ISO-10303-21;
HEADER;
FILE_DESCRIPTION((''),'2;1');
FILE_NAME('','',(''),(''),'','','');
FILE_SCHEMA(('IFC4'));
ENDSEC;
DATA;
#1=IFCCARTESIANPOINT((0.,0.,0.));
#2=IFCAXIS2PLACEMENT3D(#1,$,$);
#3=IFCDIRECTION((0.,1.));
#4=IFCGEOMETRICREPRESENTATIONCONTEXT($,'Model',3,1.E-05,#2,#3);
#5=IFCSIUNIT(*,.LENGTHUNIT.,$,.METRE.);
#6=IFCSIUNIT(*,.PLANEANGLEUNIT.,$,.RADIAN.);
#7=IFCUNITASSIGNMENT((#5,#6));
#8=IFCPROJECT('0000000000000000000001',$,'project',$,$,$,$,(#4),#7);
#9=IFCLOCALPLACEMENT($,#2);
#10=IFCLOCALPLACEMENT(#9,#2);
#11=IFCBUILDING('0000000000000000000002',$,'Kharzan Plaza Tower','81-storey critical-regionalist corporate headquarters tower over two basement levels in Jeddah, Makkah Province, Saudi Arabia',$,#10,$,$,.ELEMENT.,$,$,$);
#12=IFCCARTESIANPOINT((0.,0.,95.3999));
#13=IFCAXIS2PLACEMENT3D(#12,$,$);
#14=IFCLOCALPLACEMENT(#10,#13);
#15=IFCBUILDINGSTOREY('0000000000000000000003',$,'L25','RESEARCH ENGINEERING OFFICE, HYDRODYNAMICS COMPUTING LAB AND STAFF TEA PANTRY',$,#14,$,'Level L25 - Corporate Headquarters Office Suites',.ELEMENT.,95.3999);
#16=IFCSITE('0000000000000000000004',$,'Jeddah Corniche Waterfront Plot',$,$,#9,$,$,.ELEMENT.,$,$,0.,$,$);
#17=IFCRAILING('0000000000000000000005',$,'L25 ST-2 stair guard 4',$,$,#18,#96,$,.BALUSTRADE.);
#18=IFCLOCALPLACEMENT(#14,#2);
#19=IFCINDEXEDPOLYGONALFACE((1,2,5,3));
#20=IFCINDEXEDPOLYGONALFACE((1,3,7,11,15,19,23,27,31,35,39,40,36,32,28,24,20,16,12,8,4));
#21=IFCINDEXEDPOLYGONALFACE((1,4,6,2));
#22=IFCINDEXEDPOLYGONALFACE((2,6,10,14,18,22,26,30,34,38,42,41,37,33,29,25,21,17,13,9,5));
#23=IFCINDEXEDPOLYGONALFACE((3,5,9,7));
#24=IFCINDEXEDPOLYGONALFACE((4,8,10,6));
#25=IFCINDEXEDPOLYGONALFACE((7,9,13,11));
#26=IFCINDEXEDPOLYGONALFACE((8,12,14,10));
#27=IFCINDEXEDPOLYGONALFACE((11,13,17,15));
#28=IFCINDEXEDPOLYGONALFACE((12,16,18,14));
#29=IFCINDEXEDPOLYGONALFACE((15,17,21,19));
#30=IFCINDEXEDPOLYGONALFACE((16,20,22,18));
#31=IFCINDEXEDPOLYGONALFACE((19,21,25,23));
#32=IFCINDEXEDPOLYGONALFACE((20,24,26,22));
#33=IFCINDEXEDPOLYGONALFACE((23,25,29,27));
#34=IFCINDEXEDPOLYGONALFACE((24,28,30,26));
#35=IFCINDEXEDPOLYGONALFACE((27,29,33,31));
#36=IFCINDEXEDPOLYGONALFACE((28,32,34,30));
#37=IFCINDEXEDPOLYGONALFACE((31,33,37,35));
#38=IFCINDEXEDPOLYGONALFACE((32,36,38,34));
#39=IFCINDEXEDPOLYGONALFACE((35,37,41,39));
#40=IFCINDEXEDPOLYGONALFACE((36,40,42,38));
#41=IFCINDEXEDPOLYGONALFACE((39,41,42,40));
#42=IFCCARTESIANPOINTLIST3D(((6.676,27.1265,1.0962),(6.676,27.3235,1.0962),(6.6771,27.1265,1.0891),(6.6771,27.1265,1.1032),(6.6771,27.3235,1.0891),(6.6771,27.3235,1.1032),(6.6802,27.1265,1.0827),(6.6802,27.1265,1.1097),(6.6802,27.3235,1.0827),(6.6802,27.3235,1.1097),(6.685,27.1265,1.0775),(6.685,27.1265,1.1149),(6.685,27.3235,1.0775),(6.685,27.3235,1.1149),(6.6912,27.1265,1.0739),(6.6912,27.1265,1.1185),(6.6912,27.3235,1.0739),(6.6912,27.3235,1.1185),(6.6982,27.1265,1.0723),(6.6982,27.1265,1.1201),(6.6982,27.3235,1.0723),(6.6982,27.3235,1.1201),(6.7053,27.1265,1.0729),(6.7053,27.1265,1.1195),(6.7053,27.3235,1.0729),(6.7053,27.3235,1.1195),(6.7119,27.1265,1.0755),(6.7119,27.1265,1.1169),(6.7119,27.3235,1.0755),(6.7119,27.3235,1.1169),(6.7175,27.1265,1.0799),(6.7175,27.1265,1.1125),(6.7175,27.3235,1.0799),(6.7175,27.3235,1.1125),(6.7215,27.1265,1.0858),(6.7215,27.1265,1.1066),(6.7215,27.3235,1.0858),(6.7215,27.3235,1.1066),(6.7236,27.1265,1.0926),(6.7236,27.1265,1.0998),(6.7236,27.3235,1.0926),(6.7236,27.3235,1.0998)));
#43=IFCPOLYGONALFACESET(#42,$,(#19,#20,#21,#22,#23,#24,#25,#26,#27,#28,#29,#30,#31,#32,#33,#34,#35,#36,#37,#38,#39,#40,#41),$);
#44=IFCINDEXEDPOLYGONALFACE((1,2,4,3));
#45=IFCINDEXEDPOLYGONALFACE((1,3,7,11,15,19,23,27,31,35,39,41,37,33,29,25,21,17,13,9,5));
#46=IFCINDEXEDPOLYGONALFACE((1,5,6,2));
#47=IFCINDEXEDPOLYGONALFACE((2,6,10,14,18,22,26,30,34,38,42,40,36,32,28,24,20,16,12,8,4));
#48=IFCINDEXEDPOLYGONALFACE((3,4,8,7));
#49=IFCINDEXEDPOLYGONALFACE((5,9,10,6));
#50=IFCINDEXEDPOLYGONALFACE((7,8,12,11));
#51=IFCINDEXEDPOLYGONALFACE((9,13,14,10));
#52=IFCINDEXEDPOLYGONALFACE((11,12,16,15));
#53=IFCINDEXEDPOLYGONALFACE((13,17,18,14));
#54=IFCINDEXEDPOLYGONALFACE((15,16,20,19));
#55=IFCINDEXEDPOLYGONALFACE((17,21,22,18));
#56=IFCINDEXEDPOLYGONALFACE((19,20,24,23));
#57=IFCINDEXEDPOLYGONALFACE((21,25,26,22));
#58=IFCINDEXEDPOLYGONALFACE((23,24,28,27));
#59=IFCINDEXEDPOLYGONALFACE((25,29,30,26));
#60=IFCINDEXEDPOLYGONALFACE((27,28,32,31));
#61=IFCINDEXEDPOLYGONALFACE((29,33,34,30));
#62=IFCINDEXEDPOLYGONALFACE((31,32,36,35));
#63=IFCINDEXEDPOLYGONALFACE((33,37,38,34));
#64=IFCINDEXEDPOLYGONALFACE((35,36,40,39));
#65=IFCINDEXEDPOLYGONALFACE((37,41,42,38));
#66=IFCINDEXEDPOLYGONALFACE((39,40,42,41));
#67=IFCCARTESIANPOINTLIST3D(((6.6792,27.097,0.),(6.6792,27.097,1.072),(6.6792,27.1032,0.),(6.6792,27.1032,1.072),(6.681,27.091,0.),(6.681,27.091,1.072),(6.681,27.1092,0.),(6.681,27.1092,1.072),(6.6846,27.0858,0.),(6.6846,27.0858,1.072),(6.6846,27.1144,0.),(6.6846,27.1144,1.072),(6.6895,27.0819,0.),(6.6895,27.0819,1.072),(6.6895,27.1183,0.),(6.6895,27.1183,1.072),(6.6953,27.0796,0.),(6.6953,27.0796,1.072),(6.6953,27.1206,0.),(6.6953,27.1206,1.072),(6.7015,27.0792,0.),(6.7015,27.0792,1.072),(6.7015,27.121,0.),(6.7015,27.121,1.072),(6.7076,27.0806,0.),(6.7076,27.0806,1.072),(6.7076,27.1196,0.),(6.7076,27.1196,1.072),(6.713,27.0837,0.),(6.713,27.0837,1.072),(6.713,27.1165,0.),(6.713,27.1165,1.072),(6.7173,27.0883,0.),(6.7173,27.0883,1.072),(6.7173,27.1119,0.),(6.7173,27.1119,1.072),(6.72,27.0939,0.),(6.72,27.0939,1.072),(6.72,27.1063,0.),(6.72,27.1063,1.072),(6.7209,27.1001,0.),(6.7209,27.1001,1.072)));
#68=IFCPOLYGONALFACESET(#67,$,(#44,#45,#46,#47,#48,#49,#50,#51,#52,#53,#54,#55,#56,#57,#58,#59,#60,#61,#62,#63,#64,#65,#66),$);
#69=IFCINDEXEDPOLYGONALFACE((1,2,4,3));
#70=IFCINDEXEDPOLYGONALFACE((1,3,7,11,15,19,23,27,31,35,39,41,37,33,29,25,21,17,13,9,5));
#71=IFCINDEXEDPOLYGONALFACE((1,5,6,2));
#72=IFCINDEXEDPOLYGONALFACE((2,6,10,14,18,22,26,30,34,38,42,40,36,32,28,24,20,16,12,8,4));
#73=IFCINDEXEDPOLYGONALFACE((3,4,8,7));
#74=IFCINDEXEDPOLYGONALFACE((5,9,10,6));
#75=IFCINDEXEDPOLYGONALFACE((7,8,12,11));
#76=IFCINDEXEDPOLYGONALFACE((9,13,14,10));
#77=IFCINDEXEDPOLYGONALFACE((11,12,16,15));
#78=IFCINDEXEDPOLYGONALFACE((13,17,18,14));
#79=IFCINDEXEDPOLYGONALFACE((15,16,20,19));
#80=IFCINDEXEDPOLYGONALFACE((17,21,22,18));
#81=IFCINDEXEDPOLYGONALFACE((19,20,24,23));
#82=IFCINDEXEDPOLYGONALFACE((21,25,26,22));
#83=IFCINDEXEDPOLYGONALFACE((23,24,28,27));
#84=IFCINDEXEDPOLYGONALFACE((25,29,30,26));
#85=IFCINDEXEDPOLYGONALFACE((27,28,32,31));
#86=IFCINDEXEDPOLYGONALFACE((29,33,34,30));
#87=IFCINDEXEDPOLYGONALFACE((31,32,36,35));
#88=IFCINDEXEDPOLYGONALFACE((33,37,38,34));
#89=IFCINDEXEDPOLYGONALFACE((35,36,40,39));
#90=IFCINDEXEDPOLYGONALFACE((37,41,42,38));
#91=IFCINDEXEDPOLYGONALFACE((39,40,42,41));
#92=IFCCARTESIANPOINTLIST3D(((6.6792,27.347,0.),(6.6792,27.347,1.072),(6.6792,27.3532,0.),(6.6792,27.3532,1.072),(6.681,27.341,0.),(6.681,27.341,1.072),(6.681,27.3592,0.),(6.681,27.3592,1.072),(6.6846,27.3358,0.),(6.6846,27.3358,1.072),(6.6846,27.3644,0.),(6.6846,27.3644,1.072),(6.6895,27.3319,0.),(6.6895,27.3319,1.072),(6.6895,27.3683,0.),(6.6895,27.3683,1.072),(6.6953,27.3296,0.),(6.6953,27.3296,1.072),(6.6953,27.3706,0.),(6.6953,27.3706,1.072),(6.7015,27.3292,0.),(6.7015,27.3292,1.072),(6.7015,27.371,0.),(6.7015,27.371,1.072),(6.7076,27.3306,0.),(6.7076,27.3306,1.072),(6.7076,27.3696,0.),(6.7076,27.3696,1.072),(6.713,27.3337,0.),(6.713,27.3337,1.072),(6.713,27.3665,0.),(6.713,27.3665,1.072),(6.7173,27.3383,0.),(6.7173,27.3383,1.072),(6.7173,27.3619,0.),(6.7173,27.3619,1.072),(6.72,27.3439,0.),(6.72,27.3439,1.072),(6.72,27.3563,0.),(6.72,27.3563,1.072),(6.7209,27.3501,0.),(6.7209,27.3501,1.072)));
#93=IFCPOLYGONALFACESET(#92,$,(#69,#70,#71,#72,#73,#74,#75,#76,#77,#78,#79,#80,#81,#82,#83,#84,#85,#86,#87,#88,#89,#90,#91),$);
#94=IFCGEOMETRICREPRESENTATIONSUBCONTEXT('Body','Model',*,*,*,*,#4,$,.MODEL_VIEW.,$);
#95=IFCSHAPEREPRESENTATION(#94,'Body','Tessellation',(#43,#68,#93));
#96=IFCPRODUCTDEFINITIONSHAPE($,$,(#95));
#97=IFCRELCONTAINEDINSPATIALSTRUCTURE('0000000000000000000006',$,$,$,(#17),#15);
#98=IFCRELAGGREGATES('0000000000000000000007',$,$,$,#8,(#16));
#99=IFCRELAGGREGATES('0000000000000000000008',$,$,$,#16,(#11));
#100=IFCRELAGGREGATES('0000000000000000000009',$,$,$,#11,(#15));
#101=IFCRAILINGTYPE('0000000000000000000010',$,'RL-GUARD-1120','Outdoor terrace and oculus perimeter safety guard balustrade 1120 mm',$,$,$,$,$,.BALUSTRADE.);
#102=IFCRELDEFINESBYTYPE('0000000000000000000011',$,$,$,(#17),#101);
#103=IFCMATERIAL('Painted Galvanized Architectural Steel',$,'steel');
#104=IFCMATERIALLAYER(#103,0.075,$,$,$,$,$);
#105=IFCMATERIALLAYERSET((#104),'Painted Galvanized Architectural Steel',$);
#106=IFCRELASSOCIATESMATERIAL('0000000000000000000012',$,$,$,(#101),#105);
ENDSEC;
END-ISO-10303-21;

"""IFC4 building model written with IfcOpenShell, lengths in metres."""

from ifc_helpers import new_model, si_unit, direction, frame, origin, origin_2d, place, context, subcontext, project, spatial, circle, extrude, source, transform, mapped, material, layer, layer_set, type_object, element, save


model = new_model("IFC4")

# Units and contexts
model_context = context("Model", 3, precision=1e-05, world=origin(), true_north=direction((0.0, 1.0)))
body_context = subcontext(model_context, "Body", "Model", "MODEL_VIEW")
ifc_project = project(units=[si_unit("LENGTHUNIT", "METRE"), si_unit("PLANEANGLEUNIT", "RADIAN")], contexts=[model_context])

# Site, building, storey
site_placement = place(None, origin())
site = spatial("IfcSite", under=ifc_project, at=site_placement, Name="Jeddah Corniche Waterfront Plot", CompositionType="ELEMENT", RefElevation=0.0)
building_placement = place(site_placement, origin())
building = spatial("IfcBuilding", under=site, at=building_placement, Name="Kharzan Plaza Tower", Description="81-storey critical-regionalist corporate headquarters tower over two basement levels in Jeddah, Makkah Province, Saudi Arabia", CompositionType="ELEMENT")
storey_placement = place(building_placement, frame((0.0, 0.0, 95.3999)))
storey = spatial("IfcBuildingStorey", under=building, at=storey_placement, Name="L25", Description="RESEARCH ENGINEERING OFFICE, HYDRODYNAMICS COMPUTING LAB AND STAFF TEA PANTRY", LongName="Level L25 - Corporate Headquarters Office Suites", CompositionType="ELEMENT", Elevation=95.3999)

# Railing
ifc_material_1 = material(Name="Painted Galvanized Architectural Steel", Category="steel")
ifc_layer_1 = layer(ifc_material_1, 0.075)
ifc_layer_set_1 = layer_set([ifc_layer_1], Name="Painted Galvanized Architectural Steel")
railing_type_1 = type_object("IfcRailingType", Name="RL-GUARD-1120", Description="Outdoor terrace and oculus perimeter safety guard balustrade 1120 mm", PredefinedType="BALUSTRADE", material=ifc_layer_set_1)
shared_shape_1 = source(origin(), body_context, "Body", "SweptSolid", [
    extrude(circle(Radius=0.0239, at=origin_2d()), frame((0.0, 0.0264, 1.0962), z_axis=(0.0, 1.0, 0.0), x_axis=(-1.0, 0.0, 0.0)), (0.0, 0.0, 1.0), 0.197),
    extrude(circle(Radius=0.021, at=origin_2d()), origin(), (0.0, 0.0, 1.0), 1.072),
    extrude(circle(Radius=0.021, at=origin_2d()), frame((0.0, 0.25, 0.0)), (0.0, 0.0, 1.0), 1.072),
])
for number, where, name in (
    (1, (6.7, 27.1001, 0.0), "L25 ST-2 stair guard 4"),
):
    element("IfcRailing", number, at=place(storey_placement, frame(where)), inside=storey, type_object=railing_type_1, Name=name, PredefinedType="BALUSTRADE", context=body_context, shape_type="MappedRepresentation", body=[
        mapped(shared_shape_1, transform((0.0, 0.0, 0.0), x_axis=(1.0, 0.0, 0.0), y_axis=(0.0, 1.0, 0.0), z_axis=(0.0, 0.0, 1.0))),
    ])

save(model, "model.ifc")
